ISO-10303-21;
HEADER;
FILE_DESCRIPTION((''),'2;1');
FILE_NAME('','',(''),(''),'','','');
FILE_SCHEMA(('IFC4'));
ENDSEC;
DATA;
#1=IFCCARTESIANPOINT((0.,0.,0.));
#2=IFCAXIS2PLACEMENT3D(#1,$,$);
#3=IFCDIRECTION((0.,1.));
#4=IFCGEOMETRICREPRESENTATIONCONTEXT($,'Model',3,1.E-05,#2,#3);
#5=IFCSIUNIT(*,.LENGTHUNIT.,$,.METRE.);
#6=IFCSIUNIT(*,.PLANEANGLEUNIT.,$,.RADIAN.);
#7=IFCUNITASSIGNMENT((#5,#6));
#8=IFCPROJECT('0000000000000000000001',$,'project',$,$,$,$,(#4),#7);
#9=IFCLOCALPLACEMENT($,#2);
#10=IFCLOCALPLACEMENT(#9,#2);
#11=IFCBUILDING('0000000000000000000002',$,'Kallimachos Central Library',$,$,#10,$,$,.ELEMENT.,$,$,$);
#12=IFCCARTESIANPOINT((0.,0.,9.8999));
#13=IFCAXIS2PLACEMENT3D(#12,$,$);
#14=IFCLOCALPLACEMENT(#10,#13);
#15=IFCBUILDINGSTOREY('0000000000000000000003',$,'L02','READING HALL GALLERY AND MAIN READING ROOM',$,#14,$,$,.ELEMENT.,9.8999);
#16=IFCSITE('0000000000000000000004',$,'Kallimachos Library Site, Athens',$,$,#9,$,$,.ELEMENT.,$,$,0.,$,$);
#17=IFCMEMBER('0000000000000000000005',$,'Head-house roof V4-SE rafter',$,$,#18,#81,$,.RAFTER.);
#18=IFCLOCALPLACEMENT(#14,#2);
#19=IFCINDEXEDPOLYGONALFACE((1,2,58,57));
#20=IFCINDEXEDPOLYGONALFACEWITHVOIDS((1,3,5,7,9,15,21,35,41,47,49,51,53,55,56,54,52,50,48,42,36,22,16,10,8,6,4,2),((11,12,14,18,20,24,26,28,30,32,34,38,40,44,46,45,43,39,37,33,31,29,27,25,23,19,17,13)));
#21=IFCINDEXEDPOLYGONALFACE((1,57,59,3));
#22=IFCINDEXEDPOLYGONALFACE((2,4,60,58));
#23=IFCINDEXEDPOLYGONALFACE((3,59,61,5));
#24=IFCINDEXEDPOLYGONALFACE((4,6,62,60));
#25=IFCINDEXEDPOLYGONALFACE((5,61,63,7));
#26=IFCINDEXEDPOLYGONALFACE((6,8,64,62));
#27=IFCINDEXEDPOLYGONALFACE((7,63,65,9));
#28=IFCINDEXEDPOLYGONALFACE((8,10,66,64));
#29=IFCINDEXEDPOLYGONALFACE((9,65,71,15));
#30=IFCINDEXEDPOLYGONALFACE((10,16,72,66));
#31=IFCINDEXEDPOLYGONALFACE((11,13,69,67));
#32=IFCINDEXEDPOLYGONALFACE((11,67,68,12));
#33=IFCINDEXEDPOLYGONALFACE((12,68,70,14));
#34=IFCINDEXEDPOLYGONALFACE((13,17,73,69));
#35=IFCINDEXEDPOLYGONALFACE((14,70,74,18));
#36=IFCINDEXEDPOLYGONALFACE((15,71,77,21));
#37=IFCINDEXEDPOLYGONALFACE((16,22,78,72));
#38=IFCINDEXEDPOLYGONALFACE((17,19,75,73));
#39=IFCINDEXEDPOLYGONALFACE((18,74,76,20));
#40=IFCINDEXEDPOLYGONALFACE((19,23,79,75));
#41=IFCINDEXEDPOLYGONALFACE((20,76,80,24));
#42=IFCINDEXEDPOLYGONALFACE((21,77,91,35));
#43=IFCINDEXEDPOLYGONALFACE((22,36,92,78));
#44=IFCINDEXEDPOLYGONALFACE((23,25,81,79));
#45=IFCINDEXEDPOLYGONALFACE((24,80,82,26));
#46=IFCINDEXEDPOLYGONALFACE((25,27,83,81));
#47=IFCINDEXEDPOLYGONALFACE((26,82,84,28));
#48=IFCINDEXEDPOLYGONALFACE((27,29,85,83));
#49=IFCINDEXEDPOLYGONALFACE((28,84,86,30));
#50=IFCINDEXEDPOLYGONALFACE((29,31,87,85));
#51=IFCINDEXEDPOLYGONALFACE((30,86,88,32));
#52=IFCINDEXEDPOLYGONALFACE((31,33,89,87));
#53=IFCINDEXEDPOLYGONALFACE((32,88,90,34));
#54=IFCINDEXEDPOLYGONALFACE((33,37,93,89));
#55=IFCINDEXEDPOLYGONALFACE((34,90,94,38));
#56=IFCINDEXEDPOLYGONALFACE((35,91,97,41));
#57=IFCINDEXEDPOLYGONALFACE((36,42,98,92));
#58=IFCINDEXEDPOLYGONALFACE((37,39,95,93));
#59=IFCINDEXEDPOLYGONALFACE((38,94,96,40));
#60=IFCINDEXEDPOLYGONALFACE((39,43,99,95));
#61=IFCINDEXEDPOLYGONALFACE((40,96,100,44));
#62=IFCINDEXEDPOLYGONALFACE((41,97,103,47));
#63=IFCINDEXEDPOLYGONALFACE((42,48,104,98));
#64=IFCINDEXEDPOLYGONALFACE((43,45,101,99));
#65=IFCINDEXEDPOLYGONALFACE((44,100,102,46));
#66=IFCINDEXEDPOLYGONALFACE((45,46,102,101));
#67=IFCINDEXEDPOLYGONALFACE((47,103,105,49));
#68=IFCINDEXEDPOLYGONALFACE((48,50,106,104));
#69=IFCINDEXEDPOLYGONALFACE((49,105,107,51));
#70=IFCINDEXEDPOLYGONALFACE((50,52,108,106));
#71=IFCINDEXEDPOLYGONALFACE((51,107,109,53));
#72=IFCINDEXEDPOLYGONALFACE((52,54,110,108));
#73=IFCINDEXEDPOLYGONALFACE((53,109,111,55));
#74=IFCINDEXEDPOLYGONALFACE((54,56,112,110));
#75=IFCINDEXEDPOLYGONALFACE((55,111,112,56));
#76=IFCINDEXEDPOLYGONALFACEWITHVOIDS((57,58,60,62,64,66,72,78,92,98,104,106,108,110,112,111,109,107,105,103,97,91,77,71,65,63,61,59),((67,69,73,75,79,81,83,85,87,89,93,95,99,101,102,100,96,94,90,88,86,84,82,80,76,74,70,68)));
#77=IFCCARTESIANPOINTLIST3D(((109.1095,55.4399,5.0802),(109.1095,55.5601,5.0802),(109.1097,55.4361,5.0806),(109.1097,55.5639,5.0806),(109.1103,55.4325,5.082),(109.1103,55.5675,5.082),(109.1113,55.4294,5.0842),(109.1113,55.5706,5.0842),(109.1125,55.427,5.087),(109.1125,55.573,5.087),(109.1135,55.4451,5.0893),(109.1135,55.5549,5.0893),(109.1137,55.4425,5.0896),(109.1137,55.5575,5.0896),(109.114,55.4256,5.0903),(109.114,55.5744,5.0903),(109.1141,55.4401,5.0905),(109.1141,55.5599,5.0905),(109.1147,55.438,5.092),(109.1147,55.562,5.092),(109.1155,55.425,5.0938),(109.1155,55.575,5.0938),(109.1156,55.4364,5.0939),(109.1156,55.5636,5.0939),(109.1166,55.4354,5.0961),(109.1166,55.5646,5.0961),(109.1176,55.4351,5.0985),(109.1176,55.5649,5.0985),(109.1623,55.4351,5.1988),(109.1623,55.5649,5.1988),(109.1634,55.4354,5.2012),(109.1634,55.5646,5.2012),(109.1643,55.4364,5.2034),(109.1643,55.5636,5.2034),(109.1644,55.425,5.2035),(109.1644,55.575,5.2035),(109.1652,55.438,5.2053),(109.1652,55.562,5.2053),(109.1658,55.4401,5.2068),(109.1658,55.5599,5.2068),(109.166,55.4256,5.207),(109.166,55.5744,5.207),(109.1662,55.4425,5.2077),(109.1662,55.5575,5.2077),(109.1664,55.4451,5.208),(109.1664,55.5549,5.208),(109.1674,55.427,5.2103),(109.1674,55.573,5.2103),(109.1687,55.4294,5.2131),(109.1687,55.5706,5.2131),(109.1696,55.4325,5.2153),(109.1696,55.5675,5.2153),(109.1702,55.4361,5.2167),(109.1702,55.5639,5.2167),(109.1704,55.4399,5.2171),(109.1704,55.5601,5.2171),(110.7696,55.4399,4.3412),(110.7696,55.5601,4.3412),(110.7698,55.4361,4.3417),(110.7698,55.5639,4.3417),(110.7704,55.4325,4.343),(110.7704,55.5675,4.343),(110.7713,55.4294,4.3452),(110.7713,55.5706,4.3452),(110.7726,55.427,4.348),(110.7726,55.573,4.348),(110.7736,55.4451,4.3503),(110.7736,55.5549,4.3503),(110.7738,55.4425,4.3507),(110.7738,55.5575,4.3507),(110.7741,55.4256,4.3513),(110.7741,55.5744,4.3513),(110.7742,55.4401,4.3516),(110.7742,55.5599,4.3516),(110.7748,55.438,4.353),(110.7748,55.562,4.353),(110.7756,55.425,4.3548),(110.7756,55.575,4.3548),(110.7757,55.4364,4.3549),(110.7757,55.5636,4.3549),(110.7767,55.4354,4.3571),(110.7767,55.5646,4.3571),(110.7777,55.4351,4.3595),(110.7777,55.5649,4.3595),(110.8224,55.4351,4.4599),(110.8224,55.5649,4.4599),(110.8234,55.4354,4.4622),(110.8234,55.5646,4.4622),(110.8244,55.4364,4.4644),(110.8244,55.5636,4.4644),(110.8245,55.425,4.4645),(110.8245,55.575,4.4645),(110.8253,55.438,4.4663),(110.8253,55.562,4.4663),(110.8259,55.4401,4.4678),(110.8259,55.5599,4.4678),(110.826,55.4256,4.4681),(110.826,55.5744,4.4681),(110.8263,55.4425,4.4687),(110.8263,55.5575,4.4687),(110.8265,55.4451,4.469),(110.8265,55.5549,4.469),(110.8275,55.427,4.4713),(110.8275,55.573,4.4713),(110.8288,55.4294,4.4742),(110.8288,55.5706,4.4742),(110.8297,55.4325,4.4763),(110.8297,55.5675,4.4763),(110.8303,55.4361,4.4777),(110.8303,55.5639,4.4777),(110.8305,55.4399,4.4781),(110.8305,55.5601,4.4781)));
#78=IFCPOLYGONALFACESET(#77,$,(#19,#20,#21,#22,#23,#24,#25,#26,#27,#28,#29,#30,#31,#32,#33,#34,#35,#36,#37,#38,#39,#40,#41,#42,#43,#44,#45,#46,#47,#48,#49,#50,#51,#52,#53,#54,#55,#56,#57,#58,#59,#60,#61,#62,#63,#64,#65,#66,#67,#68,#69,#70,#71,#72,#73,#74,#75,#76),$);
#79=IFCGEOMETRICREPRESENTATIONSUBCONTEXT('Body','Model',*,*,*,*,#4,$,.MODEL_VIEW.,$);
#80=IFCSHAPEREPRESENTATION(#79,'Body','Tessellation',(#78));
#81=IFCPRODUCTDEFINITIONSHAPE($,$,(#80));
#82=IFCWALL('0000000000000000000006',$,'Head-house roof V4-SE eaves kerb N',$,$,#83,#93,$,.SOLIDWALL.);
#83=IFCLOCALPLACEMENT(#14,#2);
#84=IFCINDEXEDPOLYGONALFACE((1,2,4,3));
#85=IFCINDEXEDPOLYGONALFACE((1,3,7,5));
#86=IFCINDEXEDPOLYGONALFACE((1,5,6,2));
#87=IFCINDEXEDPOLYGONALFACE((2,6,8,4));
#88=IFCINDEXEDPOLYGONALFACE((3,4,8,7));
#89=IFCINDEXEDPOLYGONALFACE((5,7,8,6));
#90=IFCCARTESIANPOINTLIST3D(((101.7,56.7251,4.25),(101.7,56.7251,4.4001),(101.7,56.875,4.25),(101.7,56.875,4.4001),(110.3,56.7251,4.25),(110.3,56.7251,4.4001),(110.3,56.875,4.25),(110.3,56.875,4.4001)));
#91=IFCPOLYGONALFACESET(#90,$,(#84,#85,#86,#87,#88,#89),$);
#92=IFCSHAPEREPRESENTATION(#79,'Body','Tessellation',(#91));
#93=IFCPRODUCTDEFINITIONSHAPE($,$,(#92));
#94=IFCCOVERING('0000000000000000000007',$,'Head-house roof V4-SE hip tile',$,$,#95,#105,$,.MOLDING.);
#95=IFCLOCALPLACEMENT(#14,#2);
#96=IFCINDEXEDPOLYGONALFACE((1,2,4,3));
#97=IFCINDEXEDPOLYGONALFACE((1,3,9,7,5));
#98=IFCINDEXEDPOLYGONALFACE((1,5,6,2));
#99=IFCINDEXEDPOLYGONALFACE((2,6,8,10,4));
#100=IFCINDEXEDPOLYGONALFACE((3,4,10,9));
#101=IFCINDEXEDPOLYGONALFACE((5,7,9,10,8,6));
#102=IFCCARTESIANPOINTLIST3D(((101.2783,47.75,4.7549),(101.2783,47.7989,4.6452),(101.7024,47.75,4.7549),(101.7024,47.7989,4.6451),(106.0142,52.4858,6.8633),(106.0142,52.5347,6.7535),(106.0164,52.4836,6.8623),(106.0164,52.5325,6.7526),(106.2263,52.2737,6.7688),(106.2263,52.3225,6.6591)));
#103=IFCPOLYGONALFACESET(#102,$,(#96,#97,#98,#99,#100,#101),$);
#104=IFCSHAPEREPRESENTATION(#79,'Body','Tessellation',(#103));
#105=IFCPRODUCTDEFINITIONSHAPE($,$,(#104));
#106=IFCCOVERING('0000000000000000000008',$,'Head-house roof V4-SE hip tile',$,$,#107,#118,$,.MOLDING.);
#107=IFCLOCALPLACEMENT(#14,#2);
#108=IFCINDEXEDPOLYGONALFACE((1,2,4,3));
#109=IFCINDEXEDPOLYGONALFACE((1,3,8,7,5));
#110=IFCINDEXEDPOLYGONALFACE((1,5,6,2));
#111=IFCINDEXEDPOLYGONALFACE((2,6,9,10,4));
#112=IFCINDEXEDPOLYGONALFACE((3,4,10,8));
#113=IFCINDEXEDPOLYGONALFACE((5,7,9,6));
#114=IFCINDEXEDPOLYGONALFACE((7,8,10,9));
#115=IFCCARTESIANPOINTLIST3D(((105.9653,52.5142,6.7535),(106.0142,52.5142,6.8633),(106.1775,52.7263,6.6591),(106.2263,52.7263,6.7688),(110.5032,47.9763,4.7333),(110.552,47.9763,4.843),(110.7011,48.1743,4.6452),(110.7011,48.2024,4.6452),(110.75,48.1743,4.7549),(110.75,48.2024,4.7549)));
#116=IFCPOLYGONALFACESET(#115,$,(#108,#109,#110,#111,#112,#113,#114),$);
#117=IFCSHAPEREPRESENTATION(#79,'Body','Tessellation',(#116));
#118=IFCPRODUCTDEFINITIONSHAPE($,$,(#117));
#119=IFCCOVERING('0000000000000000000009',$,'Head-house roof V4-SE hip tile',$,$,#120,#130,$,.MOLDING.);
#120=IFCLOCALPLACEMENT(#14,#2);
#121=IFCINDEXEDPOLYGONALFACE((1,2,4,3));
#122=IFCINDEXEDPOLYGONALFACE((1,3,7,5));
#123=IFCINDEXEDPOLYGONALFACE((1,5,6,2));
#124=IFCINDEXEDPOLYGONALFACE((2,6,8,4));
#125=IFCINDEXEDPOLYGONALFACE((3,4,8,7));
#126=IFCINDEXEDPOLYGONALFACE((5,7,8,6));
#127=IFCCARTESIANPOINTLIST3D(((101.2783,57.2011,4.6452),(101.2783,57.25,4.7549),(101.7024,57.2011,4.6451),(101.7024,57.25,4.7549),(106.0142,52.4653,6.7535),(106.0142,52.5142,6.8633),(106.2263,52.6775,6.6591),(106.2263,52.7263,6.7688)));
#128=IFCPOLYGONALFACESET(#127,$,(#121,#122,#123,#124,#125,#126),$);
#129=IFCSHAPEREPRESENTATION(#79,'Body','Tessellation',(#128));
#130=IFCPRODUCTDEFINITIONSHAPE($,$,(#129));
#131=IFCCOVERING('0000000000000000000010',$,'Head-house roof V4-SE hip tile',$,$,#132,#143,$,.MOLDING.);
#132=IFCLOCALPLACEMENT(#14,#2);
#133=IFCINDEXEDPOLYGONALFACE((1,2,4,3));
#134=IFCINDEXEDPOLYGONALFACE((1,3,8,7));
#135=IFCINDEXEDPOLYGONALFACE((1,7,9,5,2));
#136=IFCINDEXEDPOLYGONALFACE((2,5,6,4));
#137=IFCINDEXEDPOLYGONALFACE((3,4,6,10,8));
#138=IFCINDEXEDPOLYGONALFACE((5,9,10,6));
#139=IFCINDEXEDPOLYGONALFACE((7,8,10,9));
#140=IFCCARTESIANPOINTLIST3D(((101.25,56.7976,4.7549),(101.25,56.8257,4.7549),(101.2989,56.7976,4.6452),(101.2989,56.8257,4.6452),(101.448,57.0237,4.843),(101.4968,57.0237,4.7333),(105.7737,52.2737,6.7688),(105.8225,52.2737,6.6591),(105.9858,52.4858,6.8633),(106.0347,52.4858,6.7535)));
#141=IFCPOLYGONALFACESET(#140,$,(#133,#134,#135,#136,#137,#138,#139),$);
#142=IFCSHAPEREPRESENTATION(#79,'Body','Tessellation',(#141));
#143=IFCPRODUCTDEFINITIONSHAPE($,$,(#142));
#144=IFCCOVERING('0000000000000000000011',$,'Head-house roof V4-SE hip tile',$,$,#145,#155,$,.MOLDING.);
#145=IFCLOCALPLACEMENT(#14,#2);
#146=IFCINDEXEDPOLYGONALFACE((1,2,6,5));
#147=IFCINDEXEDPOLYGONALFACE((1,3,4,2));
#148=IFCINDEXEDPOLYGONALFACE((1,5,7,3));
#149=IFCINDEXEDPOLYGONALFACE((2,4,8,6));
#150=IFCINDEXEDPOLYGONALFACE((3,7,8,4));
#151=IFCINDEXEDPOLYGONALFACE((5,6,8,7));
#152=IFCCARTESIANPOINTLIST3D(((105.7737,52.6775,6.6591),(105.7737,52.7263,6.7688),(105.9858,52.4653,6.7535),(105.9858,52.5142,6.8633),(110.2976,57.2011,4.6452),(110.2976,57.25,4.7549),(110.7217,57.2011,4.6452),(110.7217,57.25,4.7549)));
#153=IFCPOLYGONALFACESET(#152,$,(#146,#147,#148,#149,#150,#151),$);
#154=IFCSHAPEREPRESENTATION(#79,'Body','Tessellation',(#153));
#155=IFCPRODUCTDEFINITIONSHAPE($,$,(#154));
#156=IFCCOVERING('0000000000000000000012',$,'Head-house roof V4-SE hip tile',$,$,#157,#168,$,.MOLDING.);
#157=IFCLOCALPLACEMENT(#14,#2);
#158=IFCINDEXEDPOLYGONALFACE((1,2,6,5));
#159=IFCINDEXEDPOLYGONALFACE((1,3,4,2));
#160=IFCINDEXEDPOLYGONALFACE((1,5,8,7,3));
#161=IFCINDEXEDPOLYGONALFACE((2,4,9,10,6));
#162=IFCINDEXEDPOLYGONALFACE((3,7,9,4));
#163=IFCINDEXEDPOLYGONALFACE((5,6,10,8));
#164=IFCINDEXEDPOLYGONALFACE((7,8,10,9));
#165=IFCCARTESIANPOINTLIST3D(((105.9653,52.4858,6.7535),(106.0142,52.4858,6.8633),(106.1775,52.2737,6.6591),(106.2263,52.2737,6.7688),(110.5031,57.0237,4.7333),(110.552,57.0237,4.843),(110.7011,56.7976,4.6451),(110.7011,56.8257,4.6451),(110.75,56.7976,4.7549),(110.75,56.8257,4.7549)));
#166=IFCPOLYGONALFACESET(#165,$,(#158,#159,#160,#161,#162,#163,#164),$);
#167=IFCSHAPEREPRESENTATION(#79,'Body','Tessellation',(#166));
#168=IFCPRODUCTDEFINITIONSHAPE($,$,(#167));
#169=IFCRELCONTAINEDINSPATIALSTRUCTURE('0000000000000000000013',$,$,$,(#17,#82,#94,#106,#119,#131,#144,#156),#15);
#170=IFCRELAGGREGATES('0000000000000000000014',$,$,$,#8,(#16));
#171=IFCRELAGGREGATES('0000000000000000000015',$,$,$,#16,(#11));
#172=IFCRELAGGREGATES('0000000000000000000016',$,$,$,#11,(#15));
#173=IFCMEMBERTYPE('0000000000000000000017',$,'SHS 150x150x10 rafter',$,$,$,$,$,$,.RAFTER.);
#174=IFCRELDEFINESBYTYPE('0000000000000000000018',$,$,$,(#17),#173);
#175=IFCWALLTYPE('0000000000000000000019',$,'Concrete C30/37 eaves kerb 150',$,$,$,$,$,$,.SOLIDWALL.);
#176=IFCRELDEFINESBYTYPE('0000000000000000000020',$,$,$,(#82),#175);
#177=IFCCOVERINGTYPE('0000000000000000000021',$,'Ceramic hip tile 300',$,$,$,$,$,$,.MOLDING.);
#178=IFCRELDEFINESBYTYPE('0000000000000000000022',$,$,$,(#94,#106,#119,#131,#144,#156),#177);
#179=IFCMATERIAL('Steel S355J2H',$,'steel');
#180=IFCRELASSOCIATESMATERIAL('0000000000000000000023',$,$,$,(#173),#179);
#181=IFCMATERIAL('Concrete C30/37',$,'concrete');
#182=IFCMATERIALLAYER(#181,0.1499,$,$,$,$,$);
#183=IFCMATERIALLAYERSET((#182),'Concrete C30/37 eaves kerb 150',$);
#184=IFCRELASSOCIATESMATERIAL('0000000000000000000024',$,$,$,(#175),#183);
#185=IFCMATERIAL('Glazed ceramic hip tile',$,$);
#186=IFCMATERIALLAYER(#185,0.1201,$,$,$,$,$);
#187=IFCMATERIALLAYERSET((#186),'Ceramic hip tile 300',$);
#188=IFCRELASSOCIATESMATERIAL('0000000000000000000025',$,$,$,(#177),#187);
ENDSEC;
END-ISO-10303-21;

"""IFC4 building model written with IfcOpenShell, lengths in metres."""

from ifc_helpers import new_model, si_unit, direction, frame, frame_2d, origin, origin_2d, place, context, subcontext, project, spatial, polyline, rectangle, hollow_rectangle, outline, extrude, material, layer, layer_set, material_profile, profile_set, type_object, element, save


model = new_model("IFC4")

# Units and contexts
model_context = context("Model", 3, precision=1e-05, world=origin(), true_north=direction((0.0, 1.0)))
body_context = subcontext(model_context, "Body", "Model", "MODEL_VIEW")
ifc_project = project(units=[si_unit("LENGTHUNIT", "METRE"), si_unit("PLANEANGLEUNIT", "RADIAN")], contexts=[model_context])

# Site, building, storey
site_placement = place(None, origin())
site = spatial("IfcSite", under=ifc_project, at=site_placement, Name="Kallimachos Library Site, Athens", CompositionType="ELEMENT", RefElevation=0.0)
building_placement = place(site_placement, origin())
building = spatial("IfcBuilding", under=site, at=building_placement, Name="Kallimachos Central Library", CompositionType="ELEMENT")
storey_placement = place(building_placement, frame((0.0, 0.0, 9.8999)))
storey = spatial("IfcBuildingStorey", under=building, at=storey_placement, Name="L02", Description="READING HALL GALLERY AND MAIN READING ROOM", CompositionType="ELEMENT", Elevation=9.8999)

# Member
ifc_material_1 = material(Name="Steel S355J2H", Category="steel")
ifc_material_profile_1 = material_profile(ifc_material_1, hollow_rectangle(XDim=0.1499, YDim=0.1499, WallThickness=0.01, InnerFilletRadius=0.01, OuterFilletRadius=0.0149, at=origin_2d()), Name="SHS 150x150x10")
ifc_profile_set_1 = profile_set([ifc_material_profile_1], Name="Steel S355J2H")
member_type_1 = type_object("IfcMemberType", Name="SHS 150x150x10 rafter", PredefinedType="RAFTER", material=ifc_profile_set_1)
member_1_placement = place(storey_placement, frame((110.8, 55.5, 4.4097), z_axis=(-0.913573, 0.0, 0.406674), x_axis=(0.0, -1.0, 0.0)))
element("IfcMember", 1, at=member_1_placement, inside=storey, type_object=member_type_1, Name="Head-house roof V4-SE rafter", PredefinedType="RAFTER", context=body_context, shape_type="SweptSolid", body=[
    extrude(hollow_rectangle(XDim=0.1499, YDim=0.1499, WallThickness=0.01, InnerFilletRadius=0.01, OuterFilletRadius=0.0149, at=origin_2d()), origin(), (0.0, 0.0, 1.0), 1.8171),
])

# Wall
ifc_material_2 = material(Name="Concrete C30/37", Category="concrete")
ifc_layer_1 = layer(ifc_material_2, 0.1499)
ifc_layer_set_1 = layer_set([ifc_layer_1], Name="Concrete C30/37 eaves kerb 150")
wall_type = type_object("IfcWallType", Name="Concrete C30/37 eaves kerb 150", PredefinedType="SOLIDWALL", material=ifc_layer_set_1)
wall_placement = place(storey_placement, frame((101.7, 56.8, 4.25), z_axis=(0.0, 0.0, 1.0), x_axis=(1.0, 0.0, 0.0)))
element("IfcWall", 2, at=wall_placement, inside=storey, type_object=wall_type, Name="Head-house roof V4-SE eaves kerb N", PredefinedType="SOLIDWALL", context=body_context, shape_type="SweptSolid", body=[
    extrude(rectangle(XDim=8.6001, YDim=0.1499, at=frame_2d((4.3, 0.0))), origin(), (0.0, 0.0, 1.0), 0.1501),
])

# Coverings
ifc_material_3 = material(Name="Glazed ceramic hip tile")
ifc_layer_2 = layer(ifc_material_3, 0.1201)
ifc_layer_set_2 = layer_set([ifc_layer_2], Name="Ceramic hip tile 300")
covering_type = type_object("IfcCoveringType", Name="Ceramic hip tile 300", PredefinedType="MOLDING", material=ifc_layer_set_2)
covering_1_placement = place(storey_placement, frame((106.0142, 52.4858, 6.8633), z_axis=(0.000032, -0.40674, 0.913544), x_axis=(0.674579, -0.674372, -0.300277)))
element("IfcCovering", 3, at=covering_1_placement, inside=storey, type_object=covering_type, Name="Head-house roof V4-SE hip tile", PredefinedType="MOLDING", context=body_context, shape_type="SweptSolid", body=[
    extrude(outline(polyline([(0.0, 0.0), (0.0033, 0.0), (0.3146, -0.0001), (0.9182, -6.68), (0.6321, -6.993), (0.0, 0.0)])), origin(), (0.0, 0.0, -1.0), 0.1201),
])
covering_2_placement = place(storey_placement, frame((106.0142, 52.5142, 6.8633), z_axis=(0.406728, 0.000017, 0.913549), x_axis=(0.674482, 0.674456, -0.300304)))
element("IfcCovering", 4, at=covering_2_placement, inside=storey, type_object=covering_type, Name="Head-house roof V4-SE hip tile", PredefinedType="MOLDING", context=body_context, shape_type="SweptSolid", body=[
    extrude(outline(polyline([(0.0, 0.0), (0.3146, 0.0), (0.9193, -6.6798), (0.9004, -6.7005), (0.6068, -6.7005), (0.0, 0.0)])), origin(), (0.0, 0.0, -1.0), 0.1201),
])
covering_3_placement = place(storey_placement, frame((106.2263, 52.7263, 6.7688), z_axis=(0.000032, 0.40674, 0.913544), x_axis=(-0.674456, -0.674474, 0.300322)))
element("IfcCovering", 5, at=covering_3_placement, inside=storey, type_object=covering_type, Name="Head-house roof V4-SE hip tile", PredefinedType="MOLDING", context=body_context, shape_type="SweptSolid", body=[
    extrude(outline(polyline([(0.0, 0.0), (0.3146, 0.0), (-0.3187, -6.9929), (-0.6047, -6.6798), (0.0, 0.0)])), origin(), (0.0, 0.0, -1.0), 0.1201),
])
covering_4_placement = place(storey_placement, frame((105.9858, 52.4858, 6.8633), z_axis=(-0.406728, -0.000017, 0.913549), x_axis=(-0.674482, -0.674456, -0.300304)))
element("IfcCovering", 6, at=covering_4_placement, inside=storey, type_object=covering_type, Name="Head-house roof V4-SE hip tile", PredefinedType="MOLDING", context=body_context, shape_type="SweptSolid", body=[
    extrude(outline(polyline([(0.0, 0.0), (0.3146, 0.0), (0.9193, -6.6798), (0.9004, -6.7005), (0.6068, -6.7005), (0.0, 0.0)])), origin(), (0.0, 0.0, -1.0), 0.1201),
])
covering_5_placement = place(storey_placement, frame((105.9858, 52.5142, 6.8633), z_axis=(-0.000032, 0.40674, 0.913544), x_axis=(-0.674456, 0.674474, -0.300322)))
element("IfcCovering", 7, at=covering_5_placement, inside=storey, type_object=covering_type, Name="Head-house roof V4-SE hip tile", PredefinedType="MOLDING", context=body_context, shape_type="SweptSolid", body=[
    extrude(outline(polyline([(0.0, 0.0), (0.3146, 0.0), (0.9193, -6.6798), (0.6333, -6.9929), (0.0, 0.0)])), origin(), (0.0, 0.0, -1.0), 0.1201),
])
covering_6_placement = place(storey_placement, frame((110.552, 57.0237, 4.843), z_axis=(0.406728, -0.000017, 0.913549), x_axis=(0.674458, -0.674485, -0.300293)))
element("IfcCovering", 8, at=covering_6_placement, inside=storey, type_object=covering_type, Name="Head-house roof V4-SE hip tile", PredefinedType="MOLDING", context=body_context, shape_type="SweptSolid", body=[
    extrude(outline(polyline([(0.0, 0.0), (0.2936, 0.0), (0.3125, -0.0207), (-0.292, -6.7006), (-0.6066, -6.7006), (0.0, 0.0)])), origin(), (0.0, 0.0, -1.0), 0.1201),
])

save(model, "model.ifc")
